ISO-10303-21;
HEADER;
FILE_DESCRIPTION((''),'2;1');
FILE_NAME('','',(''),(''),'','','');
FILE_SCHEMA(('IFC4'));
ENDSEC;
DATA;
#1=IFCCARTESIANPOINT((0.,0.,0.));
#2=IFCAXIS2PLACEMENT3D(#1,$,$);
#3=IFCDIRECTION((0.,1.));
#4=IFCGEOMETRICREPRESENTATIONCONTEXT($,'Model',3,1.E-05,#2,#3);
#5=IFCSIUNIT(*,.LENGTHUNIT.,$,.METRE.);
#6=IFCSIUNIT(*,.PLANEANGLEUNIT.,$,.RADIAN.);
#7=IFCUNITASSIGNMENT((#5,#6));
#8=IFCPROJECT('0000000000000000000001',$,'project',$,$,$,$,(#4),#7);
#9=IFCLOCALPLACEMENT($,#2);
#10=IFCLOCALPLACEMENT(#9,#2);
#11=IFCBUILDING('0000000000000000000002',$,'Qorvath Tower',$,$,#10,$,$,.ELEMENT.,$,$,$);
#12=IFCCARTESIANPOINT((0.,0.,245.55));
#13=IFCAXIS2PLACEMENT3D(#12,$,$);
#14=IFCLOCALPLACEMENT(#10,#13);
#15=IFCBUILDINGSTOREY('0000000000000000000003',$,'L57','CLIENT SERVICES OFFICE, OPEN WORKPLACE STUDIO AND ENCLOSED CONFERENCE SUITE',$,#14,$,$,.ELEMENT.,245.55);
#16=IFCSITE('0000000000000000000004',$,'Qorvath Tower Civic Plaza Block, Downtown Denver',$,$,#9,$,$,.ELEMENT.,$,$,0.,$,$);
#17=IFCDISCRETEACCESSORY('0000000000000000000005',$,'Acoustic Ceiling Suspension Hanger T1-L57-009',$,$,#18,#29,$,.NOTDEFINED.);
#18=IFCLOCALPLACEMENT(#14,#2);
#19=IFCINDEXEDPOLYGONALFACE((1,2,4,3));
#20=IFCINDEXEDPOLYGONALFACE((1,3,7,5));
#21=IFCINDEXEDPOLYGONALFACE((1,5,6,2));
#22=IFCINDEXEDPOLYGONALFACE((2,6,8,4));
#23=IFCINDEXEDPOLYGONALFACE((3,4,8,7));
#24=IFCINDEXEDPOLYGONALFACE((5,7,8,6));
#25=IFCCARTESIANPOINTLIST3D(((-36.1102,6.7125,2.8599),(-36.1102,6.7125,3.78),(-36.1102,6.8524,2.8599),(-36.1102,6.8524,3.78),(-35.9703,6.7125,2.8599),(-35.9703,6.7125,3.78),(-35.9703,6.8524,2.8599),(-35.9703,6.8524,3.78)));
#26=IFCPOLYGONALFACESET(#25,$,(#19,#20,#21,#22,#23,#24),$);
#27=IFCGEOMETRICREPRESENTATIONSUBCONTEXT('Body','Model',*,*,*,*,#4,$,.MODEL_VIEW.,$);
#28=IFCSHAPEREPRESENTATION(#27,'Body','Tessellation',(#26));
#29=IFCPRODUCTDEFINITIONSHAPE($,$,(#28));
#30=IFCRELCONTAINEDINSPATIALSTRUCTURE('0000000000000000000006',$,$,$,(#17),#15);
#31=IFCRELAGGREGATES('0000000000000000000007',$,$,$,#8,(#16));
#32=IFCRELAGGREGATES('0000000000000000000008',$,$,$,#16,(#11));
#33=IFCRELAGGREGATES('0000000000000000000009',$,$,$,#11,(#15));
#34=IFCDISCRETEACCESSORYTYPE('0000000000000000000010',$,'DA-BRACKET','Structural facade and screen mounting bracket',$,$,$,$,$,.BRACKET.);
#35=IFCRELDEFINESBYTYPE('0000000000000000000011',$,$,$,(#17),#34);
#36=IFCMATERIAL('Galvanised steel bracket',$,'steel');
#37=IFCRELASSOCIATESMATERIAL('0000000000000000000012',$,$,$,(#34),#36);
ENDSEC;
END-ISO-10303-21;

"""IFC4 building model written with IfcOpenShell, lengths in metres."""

from ifc_helpers import new_model, si_unit, direction, frame, origin, origin_2d, place, context, subcontext, project, spatial, rectangle, extrude, material, type_object, element, save


model = new_model("IFC4")

# Units and contexts
model_context = context("Model", 3, precision=1e-05, world=origin(), true_north=direction((0.0, 1.0)))
body_context = subcontext(model_context, "Body", "Model", "MODEL_VIEW")
ifc_project = project(units=[si_unit("LENGTHUNIT", "METRE"), si_unit("PLANEANGLEUNIT", "RADIAN")], contexts=[model_context])

# Site, building, storey
site_placement = place(None, origin())
site = spatial("IfcSite", under=ifc_project, at=site_placement, Name="Qorvath Tower Civic Plaza Block, Downtown Denver", CompositionType="ELEMENT", RefElevation=0.0)
building_placement = place(site_placement, origin())
building = spatial("IfcBuilding", under=site, at=building_placement, Name="Qorvath Tower", CompositionType="ELEMENT")
storey_placement = place(building_placement, frame((0.0, 0.0, 245.55)))
storey = spatial("IfcBuildingStorey", under=building, at=storey_placement, Name="L57", Description="CLIENT SERVICES OFFICE, OPEN WORKPLACE STUDIO AND ENCLOSED CONFERENCE SUITE", CompositionType="ELEMENT", Elevation=245.55)

# Discrete accessory
ifc_material_1 = material(Name="Galvanised steel bracket", Category="steel")
discrete_accessory_type = type_object("IfcDiscreteAccessoryType", Name="DA-BRACKET", Description="Structural facade and screen mounting bracket", PredefinedType="BRACKET", material=ifc_material_1)
discrete_accessory_placement = place(storey_placement, frame((-36.0403, 6.7825, 2.8599), z_axis=(0.0, 0.0, 1.0), x_axis=(1.0, 0.0, 0.0)))
element("IfcDiscreteAccessory", 1, at=discrete_accessory_placement, inside=storey, type_object=discrete_accessory_type, Name="Acoustic Ceiling Suspension Hanger T1-L57-009", PredefinedType="NOTDEFINED", context=body_context, shape_type="SweptSolid", body=[
    extrude(rectangle(XDim=0.1399, YDim=0.1399, at=origin_2d()), origin(), (0.0, 0.0, 1.0), 0.9202),
])

save(model, "model.ifc")
